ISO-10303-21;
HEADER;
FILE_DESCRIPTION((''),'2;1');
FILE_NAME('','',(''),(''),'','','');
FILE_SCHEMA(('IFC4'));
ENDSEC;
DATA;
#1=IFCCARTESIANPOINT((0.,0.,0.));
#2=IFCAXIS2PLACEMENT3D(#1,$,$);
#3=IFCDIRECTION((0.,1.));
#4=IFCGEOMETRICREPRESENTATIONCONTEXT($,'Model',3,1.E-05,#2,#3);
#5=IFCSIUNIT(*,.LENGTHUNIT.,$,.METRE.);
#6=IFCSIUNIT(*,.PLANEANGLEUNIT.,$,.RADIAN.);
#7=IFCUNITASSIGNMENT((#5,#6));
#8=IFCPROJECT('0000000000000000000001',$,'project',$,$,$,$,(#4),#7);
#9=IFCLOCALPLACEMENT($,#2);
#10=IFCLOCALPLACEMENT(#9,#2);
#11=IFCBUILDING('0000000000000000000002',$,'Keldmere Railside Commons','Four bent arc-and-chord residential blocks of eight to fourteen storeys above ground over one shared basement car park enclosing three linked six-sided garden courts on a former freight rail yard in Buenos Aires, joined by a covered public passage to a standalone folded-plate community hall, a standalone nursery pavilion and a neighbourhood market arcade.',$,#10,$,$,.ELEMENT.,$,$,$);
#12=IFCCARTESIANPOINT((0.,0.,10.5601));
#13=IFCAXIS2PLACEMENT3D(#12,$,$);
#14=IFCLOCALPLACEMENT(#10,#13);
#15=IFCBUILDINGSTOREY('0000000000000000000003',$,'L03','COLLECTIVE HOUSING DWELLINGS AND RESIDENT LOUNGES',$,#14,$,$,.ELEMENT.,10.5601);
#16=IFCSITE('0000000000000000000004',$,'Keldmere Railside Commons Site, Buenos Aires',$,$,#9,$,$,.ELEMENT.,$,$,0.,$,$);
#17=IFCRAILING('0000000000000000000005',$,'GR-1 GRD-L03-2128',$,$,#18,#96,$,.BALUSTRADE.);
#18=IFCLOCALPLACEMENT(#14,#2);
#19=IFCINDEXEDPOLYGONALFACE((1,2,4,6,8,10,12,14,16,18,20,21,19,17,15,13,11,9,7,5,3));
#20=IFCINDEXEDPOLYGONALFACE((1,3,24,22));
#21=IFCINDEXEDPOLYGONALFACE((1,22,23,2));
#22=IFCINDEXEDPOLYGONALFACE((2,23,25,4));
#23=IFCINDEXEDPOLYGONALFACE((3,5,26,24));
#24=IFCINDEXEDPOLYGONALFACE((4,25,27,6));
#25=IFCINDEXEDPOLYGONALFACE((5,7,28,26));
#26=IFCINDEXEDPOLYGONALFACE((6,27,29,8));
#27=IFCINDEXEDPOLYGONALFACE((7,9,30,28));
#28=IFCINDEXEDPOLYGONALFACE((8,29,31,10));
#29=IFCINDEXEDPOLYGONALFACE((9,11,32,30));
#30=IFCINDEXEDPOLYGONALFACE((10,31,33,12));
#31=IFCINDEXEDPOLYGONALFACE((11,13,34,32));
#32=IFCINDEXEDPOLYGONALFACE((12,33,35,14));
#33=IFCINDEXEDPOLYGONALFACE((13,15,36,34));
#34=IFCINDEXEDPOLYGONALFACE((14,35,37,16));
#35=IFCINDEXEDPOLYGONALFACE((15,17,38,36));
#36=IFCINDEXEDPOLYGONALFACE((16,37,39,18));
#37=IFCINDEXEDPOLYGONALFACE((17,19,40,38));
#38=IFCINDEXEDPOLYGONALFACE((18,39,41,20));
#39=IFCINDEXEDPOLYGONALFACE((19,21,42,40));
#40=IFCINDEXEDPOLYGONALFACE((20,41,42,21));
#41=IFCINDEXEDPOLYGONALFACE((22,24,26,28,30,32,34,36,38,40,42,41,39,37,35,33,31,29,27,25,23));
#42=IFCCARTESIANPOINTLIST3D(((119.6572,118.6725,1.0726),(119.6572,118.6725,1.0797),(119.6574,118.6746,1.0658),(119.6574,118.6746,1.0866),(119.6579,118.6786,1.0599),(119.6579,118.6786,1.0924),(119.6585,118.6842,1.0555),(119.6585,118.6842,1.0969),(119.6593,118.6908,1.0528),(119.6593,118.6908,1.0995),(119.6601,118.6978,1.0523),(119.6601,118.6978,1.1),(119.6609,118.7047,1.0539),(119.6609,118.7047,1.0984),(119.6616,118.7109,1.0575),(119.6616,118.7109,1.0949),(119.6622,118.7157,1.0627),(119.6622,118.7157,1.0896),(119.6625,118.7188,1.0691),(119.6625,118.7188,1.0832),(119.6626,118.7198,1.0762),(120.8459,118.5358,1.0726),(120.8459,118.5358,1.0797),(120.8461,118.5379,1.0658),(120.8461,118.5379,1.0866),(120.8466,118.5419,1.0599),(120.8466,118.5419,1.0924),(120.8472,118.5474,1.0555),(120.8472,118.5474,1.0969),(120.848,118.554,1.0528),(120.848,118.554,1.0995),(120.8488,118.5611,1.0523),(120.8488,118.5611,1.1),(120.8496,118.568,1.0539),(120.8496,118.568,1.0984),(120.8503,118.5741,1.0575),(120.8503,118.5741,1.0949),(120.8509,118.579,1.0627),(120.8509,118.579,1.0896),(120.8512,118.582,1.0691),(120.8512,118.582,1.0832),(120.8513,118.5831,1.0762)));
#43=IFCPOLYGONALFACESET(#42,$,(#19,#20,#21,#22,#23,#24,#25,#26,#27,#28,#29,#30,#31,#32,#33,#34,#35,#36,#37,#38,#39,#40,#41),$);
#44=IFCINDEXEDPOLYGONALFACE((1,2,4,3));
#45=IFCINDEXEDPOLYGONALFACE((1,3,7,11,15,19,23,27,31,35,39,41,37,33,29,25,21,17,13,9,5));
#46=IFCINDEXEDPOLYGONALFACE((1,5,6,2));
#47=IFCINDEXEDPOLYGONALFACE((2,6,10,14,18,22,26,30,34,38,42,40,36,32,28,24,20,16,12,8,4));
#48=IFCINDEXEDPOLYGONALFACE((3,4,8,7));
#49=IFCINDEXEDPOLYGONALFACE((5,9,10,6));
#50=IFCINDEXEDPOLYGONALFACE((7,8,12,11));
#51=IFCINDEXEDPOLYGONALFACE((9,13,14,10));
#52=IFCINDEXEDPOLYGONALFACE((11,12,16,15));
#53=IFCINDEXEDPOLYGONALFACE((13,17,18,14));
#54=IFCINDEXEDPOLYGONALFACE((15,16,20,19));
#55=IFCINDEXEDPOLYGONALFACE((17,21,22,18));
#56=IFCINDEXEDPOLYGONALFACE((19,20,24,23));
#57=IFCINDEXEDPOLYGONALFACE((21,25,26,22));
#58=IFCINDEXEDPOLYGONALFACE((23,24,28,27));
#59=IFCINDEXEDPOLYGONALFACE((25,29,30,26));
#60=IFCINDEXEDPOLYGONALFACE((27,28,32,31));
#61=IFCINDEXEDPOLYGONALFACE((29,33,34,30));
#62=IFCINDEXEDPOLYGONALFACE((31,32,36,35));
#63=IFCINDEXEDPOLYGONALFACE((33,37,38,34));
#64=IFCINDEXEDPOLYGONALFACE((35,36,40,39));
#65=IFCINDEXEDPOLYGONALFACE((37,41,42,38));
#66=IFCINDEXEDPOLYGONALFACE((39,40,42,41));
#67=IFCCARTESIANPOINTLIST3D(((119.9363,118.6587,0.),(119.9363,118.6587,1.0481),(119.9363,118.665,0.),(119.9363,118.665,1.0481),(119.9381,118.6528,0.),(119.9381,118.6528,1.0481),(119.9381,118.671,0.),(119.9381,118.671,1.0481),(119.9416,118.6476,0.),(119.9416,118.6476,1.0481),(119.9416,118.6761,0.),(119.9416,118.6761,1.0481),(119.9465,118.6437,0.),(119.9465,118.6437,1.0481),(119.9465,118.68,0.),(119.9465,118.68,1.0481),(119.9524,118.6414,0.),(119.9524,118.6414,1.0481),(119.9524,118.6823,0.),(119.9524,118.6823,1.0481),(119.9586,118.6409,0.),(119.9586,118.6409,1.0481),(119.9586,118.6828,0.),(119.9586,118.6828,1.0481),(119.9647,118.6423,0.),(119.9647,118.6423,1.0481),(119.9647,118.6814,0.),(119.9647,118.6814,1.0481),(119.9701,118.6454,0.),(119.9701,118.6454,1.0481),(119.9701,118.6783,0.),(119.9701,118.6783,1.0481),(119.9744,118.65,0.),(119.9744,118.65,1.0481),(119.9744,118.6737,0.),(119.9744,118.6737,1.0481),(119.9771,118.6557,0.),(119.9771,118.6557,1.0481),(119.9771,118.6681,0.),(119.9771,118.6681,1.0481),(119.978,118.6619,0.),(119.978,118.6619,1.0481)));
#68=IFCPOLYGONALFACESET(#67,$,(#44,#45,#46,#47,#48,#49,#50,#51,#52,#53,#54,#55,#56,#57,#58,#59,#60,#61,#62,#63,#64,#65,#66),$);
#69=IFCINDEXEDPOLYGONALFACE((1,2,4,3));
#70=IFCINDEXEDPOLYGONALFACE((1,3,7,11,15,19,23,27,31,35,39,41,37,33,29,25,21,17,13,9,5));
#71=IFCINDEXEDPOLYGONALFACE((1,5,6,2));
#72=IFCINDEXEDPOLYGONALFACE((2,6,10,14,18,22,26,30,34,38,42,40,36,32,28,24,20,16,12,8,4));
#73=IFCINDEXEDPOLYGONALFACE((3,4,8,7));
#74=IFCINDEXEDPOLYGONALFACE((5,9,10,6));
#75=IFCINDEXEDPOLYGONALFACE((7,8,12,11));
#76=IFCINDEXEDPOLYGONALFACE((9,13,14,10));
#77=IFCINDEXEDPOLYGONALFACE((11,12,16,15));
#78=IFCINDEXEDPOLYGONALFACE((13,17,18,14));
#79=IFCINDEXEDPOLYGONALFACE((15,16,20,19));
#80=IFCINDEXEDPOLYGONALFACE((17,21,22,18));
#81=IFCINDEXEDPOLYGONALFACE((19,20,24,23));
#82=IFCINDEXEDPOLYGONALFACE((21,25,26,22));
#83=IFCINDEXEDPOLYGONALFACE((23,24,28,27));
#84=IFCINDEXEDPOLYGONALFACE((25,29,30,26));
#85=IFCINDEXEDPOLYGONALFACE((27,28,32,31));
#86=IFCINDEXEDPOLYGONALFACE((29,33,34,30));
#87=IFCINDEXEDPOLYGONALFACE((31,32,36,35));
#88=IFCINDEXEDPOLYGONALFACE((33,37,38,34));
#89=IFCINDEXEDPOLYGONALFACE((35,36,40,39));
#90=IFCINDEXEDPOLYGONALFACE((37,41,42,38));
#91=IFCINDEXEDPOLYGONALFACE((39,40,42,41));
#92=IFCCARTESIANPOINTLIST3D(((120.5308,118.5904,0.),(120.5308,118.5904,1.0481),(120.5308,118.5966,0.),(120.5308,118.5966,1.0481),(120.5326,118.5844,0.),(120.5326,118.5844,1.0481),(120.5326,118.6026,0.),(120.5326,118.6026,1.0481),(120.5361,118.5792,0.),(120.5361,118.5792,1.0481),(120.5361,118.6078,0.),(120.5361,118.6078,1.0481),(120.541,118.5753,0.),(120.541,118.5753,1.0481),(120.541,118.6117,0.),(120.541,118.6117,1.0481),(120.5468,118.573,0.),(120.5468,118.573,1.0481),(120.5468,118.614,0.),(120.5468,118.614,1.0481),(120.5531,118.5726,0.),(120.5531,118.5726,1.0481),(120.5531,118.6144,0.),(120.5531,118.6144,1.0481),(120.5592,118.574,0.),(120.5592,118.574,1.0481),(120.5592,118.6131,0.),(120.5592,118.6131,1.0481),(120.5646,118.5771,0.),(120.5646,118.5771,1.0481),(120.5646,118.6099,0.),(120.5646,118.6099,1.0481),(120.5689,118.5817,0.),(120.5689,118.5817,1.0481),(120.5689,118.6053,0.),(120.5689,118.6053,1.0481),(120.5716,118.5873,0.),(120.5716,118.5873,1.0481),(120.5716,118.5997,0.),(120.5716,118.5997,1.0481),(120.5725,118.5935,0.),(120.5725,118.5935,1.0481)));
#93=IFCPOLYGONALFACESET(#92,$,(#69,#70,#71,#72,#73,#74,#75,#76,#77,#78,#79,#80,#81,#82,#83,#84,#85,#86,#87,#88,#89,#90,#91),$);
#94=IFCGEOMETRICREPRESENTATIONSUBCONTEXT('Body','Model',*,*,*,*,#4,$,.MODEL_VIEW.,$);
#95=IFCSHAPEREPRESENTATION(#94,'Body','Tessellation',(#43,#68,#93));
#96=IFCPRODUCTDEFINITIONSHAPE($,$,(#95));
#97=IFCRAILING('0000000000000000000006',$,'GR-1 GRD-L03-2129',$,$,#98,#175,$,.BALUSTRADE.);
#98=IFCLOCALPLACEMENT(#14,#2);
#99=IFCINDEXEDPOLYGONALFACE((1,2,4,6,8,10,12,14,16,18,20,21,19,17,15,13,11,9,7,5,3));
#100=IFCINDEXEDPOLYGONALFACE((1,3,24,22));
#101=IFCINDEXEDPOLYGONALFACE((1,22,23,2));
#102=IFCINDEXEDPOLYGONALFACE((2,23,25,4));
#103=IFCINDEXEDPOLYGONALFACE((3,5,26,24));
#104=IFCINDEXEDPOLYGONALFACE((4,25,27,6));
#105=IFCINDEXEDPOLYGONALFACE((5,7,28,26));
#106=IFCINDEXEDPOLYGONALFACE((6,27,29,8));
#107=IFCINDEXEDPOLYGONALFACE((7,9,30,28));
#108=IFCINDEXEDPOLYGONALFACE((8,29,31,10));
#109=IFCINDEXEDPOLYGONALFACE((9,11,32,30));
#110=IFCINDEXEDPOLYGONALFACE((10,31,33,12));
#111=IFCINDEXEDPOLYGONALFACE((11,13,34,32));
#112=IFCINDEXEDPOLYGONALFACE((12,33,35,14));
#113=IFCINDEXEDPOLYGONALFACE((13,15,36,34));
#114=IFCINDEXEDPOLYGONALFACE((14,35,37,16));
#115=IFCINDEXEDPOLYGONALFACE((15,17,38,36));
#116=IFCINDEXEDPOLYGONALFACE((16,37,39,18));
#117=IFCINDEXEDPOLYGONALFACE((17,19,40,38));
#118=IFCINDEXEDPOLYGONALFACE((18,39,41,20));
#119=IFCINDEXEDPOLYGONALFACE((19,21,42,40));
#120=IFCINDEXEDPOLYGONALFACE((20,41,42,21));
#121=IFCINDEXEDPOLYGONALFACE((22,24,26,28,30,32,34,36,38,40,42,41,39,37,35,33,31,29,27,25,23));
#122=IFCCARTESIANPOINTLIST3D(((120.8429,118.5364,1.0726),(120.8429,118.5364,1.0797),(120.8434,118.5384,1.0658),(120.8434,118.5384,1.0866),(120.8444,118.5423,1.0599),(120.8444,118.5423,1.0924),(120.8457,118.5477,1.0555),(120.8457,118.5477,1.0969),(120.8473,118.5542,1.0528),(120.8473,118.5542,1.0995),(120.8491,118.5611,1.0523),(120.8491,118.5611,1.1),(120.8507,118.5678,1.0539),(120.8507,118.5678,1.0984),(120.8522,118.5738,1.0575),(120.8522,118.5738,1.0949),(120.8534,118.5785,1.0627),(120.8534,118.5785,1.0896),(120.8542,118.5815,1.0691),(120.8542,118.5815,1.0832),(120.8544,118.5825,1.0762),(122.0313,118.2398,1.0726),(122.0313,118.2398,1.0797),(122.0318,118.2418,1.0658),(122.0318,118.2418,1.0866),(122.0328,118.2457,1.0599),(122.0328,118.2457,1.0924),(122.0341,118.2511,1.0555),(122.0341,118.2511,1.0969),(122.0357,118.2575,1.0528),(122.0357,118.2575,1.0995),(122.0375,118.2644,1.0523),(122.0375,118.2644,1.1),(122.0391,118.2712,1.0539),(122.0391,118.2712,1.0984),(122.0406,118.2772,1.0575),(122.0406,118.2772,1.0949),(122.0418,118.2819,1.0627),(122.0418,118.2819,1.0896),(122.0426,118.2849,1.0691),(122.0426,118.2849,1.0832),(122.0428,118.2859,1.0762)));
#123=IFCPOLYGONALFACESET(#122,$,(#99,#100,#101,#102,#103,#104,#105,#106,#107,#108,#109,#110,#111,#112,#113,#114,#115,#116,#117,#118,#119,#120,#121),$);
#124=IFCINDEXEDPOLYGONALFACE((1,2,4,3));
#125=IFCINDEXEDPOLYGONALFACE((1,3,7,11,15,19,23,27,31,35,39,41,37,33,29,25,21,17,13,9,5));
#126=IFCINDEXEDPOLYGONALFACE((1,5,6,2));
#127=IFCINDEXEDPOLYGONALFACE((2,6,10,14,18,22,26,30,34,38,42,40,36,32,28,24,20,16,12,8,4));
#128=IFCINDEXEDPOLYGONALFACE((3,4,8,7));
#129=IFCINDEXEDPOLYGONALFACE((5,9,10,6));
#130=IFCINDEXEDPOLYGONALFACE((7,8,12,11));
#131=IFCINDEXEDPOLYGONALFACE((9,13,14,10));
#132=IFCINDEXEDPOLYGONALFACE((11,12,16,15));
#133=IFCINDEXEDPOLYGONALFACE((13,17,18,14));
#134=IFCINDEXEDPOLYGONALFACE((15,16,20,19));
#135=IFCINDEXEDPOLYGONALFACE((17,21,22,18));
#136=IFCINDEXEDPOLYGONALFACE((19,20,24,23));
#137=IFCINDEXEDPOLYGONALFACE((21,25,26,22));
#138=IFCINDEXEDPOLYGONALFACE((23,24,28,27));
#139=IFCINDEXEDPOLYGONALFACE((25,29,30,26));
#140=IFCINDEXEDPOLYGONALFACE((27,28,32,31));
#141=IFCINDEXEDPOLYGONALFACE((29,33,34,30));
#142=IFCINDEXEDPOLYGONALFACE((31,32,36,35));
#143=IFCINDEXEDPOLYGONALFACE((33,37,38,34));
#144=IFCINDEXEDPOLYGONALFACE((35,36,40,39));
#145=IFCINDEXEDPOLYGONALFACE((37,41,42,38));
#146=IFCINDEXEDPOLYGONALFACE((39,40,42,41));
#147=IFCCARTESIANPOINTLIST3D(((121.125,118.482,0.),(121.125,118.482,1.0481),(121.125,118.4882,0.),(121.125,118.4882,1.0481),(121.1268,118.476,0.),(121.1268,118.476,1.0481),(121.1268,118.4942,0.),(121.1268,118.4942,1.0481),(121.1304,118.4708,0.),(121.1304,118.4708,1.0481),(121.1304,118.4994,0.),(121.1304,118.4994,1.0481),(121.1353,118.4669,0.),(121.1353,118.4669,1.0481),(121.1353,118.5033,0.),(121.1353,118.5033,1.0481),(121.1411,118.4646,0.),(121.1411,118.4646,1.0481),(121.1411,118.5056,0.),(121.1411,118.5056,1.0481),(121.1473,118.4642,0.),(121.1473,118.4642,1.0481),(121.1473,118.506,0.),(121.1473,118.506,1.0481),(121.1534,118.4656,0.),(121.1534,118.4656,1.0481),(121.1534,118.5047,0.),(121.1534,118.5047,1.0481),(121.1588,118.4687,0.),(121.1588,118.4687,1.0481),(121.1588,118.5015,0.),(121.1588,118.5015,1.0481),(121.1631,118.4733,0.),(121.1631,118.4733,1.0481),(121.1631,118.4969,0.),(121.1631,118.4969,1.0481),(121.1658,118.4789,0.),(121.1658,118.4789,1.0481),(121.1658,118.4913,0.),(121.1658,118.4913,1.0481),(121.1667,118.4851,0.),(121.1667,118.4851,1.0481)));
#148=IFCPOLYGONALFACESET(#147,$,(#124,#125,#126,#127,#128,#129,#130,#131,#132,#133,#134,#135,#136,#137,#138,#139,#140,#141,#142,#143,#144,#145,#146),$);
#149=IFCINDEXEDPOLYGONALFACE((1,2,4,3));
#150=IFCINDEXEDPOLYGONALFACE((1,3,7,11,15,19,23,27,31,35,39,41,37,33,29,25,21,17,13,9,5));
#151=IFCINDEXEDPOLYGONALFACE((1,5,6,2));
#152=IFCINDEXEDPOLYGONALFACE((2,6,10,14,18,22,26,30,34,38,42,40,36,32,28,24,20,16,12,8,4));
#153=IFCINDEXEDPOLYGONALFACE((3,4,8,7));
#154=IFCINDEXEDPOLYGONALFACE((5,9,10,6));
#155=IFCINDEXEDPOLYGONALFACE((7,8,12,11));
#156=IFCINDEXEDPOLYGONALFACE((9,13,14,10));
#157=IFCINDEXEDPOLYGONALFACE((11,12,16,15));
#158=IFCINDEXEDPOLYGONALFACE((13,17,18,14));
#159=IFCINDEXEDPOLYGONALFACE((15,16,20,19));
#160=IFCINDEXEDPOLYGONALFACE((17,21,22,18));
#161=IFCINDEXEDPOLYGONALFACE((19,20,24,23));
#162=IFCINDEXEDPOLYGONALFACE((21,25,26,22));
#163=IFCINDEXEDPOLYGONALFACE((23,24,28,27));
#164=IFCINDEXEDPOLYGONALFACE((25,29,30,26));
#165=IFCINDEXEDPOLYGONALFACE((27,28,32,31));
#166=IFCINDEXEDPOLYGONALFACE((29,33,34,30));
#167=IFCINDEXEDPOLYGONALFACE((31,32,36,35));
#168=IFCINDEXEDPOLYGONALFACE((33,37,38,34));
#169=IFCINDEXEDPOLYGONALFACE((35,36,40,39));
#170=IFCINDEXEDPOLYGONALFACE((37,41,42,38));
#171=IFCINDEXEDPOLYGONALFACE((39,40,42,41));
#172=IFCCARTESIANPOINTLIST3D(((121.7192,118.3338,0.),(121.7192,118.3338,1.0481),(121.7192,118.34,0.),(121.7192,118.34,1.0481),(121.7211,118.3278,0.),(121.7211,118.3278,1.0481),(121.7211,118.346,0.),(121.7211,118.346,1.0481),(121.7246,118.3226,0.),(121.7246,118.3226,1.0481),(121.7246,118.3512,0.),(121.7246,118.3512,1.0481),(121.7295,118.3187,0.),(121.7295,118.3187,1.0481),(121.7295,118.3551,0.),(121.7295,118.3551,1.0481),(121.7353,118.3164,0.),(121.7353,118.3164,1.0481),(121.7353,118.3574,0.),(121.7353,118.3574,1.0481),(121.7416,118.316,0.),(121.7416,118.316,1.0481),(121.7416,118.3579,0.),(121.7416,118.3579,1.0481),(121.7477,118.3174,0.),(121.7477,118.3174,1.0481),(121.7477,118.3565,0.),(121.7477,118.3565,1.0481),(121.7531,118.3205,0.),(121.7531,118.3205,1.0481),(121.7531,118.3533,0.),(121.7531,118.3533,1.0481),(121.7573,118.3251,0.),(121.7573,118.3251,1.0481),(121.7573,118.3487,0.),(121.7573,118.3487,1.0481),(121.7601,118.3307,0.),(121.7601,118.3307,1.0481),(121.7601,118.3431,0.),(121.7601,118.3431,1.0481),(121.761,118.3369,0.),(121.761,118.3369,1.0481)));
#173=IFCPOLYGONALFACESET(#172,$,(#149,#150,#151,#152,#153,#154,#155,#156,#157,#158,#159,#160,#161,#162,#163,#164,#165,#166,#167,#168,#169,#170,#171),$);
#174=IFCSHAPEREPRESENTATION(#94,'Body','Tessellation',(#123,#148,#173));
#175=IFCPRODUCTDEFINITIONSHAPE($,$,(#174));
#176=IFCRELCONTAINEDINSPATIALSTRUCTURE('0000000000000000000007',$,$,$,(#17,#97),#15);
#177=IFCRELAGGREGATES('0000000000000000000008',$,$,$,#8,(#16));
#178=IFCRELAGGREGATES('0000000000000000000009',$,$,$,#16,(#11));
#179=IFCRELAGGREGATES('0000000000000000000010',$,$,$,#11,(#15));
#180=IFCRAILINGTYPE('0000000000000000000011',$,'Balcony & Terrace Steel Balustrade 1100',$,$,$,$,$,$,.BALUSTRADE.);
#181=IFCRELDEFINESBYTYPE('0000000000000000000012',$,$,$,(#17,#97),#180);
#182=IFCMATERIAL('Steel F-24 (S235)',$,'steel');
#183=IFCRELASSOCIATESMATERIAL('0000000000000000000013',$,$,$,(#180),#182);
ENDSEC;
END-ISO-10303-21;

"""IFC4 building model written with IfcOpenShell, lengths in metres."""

from ifc_helpers import new_model, si_unit, direction, frame, origin, origin_2d, place, context, subcontext, project, spatial, circle, extrude, material, type_object, element, save


model = new_model("IFC4")

# Units and contexts
model_context = context("Model", 3, precision=1e-05, world=origin(), true_north=direction((0.0, 1.0)))
body_context = subcontext(model_context, "Body", "Model", "MODEL_VIEW")
ifc_project = project(units=[si_unit("LENGTHUNIT", "METRE"), si_unit("PLANEANGLEUNIT", "RADIAN")], contexts=[model_context])

# Site, building, storey
site_placement = place(None, origin())
site = spatial("IfcSite", under=ifc_project, at=site_placement, Name="Keldmere Railside Commons Site, Buenos Aires", CompositionType="ELEMENT", RefElevation=0.0)
building_placement = place(site_placement, origin())
building = spatial("IfcBuilding", under=site, at=building_placement, Name="Keldmere Railside Commons", Description="Four bent arc-and-chord residential blocks of eight to fourteen storeys above ground over one shared basement car park enclosing three linked six-sided garden courts on a former freight rail yard in Buenos Aires, joined by a covered public passage to a standalone folded-plate community hall, a standalone nursery pavilion and a neighbourhood market arcade.", CompositionType="ELEMENT")
storey_placement = place(building_placement, frame((0.0, 0.0, 10.5601)))
storey = spatial("IfcBuildingStorey", under=building, at=storey_placement, Name="L03", Description="COLLECTIVE HOUSING DWELLINGS AND RESIDENT LOUNGES", CompositionType="ELEMENT", Elevation=10.5601)

# Railings
ifc_material_1 = material(Name="Steel F-24 (S235)", Category="steel")
railing_type = type_object("IfcRailingType", Name="Balcony & Terrace Steel Balustrade 1100", PredefinedType="BALUSTRADE", material=ifc_material_1)
railing_1_placement = place(storey_placement, frame((119.6599, 118.696, 0.0)))
element("IfcRailing", 1, at=railing_1_placement, inside=storey, type_object=railing_type, Name="GR-1 GRD-L03-2128", PredefinedType="BALUSTRADE", context=body_context, shape_type="SweptSolid", body=[
    extrude(circle(Radius=0.0239, at=origin_2d()), frame((0.0, 0.0, 1.0762), z_axis=(0.993451, -0.11426, 0.0), x_axis=(0.11426, 0.993451, 0.0)), (0.0, 0.0, 1.0), 1.1965),
    extrude(circle(Radius=0.021, at=origin_2d()), frame((0.2971, -0.0342, 0.0)), (0.0, 0.0, 1.0), 1.0481),
    extrude(circle(Radius=0.021, at=origin_2d()), frame((0.8916, -0.1025, 0.0)), (0.0, 0.0, 1.0), 1.0481),
])
railing_2_placement = place(storey_placement, frame((120.8486, 118.5593, 0.0)))
element("IfcRailing", 2, at=railing_2_placement, inside=storey, type_object=railing_type, Name="GR-1 GRD-L03-2129", PredefinedType="BALUSTRADE", context=body_context, shape_type="SweptSolid", body=[
    extrude(circle(Radius=0.0239, at=origin_2d()), frame((0.0, 0.0, 1.0762), z_axis=(0.970236, -0.24216, 0.0), x_axis=(0.24216, 0.970236, 0.0)), (0.0, 0.0, 1.0), 1.2249),
    extrude(circle(Radius=0.021, at=origin_2d()), frame((0.2971, -0.0742, 0.0)), (0.0, 0.0, 1.0), 1.0481),
    extrude(circle(Radius=0.021, at=origin_2d()), frame((0.8914, -0.2224, 0.0)), (0.0, 0.0, 1.0), 1.0481),
])

save(model, "model.ifc")
